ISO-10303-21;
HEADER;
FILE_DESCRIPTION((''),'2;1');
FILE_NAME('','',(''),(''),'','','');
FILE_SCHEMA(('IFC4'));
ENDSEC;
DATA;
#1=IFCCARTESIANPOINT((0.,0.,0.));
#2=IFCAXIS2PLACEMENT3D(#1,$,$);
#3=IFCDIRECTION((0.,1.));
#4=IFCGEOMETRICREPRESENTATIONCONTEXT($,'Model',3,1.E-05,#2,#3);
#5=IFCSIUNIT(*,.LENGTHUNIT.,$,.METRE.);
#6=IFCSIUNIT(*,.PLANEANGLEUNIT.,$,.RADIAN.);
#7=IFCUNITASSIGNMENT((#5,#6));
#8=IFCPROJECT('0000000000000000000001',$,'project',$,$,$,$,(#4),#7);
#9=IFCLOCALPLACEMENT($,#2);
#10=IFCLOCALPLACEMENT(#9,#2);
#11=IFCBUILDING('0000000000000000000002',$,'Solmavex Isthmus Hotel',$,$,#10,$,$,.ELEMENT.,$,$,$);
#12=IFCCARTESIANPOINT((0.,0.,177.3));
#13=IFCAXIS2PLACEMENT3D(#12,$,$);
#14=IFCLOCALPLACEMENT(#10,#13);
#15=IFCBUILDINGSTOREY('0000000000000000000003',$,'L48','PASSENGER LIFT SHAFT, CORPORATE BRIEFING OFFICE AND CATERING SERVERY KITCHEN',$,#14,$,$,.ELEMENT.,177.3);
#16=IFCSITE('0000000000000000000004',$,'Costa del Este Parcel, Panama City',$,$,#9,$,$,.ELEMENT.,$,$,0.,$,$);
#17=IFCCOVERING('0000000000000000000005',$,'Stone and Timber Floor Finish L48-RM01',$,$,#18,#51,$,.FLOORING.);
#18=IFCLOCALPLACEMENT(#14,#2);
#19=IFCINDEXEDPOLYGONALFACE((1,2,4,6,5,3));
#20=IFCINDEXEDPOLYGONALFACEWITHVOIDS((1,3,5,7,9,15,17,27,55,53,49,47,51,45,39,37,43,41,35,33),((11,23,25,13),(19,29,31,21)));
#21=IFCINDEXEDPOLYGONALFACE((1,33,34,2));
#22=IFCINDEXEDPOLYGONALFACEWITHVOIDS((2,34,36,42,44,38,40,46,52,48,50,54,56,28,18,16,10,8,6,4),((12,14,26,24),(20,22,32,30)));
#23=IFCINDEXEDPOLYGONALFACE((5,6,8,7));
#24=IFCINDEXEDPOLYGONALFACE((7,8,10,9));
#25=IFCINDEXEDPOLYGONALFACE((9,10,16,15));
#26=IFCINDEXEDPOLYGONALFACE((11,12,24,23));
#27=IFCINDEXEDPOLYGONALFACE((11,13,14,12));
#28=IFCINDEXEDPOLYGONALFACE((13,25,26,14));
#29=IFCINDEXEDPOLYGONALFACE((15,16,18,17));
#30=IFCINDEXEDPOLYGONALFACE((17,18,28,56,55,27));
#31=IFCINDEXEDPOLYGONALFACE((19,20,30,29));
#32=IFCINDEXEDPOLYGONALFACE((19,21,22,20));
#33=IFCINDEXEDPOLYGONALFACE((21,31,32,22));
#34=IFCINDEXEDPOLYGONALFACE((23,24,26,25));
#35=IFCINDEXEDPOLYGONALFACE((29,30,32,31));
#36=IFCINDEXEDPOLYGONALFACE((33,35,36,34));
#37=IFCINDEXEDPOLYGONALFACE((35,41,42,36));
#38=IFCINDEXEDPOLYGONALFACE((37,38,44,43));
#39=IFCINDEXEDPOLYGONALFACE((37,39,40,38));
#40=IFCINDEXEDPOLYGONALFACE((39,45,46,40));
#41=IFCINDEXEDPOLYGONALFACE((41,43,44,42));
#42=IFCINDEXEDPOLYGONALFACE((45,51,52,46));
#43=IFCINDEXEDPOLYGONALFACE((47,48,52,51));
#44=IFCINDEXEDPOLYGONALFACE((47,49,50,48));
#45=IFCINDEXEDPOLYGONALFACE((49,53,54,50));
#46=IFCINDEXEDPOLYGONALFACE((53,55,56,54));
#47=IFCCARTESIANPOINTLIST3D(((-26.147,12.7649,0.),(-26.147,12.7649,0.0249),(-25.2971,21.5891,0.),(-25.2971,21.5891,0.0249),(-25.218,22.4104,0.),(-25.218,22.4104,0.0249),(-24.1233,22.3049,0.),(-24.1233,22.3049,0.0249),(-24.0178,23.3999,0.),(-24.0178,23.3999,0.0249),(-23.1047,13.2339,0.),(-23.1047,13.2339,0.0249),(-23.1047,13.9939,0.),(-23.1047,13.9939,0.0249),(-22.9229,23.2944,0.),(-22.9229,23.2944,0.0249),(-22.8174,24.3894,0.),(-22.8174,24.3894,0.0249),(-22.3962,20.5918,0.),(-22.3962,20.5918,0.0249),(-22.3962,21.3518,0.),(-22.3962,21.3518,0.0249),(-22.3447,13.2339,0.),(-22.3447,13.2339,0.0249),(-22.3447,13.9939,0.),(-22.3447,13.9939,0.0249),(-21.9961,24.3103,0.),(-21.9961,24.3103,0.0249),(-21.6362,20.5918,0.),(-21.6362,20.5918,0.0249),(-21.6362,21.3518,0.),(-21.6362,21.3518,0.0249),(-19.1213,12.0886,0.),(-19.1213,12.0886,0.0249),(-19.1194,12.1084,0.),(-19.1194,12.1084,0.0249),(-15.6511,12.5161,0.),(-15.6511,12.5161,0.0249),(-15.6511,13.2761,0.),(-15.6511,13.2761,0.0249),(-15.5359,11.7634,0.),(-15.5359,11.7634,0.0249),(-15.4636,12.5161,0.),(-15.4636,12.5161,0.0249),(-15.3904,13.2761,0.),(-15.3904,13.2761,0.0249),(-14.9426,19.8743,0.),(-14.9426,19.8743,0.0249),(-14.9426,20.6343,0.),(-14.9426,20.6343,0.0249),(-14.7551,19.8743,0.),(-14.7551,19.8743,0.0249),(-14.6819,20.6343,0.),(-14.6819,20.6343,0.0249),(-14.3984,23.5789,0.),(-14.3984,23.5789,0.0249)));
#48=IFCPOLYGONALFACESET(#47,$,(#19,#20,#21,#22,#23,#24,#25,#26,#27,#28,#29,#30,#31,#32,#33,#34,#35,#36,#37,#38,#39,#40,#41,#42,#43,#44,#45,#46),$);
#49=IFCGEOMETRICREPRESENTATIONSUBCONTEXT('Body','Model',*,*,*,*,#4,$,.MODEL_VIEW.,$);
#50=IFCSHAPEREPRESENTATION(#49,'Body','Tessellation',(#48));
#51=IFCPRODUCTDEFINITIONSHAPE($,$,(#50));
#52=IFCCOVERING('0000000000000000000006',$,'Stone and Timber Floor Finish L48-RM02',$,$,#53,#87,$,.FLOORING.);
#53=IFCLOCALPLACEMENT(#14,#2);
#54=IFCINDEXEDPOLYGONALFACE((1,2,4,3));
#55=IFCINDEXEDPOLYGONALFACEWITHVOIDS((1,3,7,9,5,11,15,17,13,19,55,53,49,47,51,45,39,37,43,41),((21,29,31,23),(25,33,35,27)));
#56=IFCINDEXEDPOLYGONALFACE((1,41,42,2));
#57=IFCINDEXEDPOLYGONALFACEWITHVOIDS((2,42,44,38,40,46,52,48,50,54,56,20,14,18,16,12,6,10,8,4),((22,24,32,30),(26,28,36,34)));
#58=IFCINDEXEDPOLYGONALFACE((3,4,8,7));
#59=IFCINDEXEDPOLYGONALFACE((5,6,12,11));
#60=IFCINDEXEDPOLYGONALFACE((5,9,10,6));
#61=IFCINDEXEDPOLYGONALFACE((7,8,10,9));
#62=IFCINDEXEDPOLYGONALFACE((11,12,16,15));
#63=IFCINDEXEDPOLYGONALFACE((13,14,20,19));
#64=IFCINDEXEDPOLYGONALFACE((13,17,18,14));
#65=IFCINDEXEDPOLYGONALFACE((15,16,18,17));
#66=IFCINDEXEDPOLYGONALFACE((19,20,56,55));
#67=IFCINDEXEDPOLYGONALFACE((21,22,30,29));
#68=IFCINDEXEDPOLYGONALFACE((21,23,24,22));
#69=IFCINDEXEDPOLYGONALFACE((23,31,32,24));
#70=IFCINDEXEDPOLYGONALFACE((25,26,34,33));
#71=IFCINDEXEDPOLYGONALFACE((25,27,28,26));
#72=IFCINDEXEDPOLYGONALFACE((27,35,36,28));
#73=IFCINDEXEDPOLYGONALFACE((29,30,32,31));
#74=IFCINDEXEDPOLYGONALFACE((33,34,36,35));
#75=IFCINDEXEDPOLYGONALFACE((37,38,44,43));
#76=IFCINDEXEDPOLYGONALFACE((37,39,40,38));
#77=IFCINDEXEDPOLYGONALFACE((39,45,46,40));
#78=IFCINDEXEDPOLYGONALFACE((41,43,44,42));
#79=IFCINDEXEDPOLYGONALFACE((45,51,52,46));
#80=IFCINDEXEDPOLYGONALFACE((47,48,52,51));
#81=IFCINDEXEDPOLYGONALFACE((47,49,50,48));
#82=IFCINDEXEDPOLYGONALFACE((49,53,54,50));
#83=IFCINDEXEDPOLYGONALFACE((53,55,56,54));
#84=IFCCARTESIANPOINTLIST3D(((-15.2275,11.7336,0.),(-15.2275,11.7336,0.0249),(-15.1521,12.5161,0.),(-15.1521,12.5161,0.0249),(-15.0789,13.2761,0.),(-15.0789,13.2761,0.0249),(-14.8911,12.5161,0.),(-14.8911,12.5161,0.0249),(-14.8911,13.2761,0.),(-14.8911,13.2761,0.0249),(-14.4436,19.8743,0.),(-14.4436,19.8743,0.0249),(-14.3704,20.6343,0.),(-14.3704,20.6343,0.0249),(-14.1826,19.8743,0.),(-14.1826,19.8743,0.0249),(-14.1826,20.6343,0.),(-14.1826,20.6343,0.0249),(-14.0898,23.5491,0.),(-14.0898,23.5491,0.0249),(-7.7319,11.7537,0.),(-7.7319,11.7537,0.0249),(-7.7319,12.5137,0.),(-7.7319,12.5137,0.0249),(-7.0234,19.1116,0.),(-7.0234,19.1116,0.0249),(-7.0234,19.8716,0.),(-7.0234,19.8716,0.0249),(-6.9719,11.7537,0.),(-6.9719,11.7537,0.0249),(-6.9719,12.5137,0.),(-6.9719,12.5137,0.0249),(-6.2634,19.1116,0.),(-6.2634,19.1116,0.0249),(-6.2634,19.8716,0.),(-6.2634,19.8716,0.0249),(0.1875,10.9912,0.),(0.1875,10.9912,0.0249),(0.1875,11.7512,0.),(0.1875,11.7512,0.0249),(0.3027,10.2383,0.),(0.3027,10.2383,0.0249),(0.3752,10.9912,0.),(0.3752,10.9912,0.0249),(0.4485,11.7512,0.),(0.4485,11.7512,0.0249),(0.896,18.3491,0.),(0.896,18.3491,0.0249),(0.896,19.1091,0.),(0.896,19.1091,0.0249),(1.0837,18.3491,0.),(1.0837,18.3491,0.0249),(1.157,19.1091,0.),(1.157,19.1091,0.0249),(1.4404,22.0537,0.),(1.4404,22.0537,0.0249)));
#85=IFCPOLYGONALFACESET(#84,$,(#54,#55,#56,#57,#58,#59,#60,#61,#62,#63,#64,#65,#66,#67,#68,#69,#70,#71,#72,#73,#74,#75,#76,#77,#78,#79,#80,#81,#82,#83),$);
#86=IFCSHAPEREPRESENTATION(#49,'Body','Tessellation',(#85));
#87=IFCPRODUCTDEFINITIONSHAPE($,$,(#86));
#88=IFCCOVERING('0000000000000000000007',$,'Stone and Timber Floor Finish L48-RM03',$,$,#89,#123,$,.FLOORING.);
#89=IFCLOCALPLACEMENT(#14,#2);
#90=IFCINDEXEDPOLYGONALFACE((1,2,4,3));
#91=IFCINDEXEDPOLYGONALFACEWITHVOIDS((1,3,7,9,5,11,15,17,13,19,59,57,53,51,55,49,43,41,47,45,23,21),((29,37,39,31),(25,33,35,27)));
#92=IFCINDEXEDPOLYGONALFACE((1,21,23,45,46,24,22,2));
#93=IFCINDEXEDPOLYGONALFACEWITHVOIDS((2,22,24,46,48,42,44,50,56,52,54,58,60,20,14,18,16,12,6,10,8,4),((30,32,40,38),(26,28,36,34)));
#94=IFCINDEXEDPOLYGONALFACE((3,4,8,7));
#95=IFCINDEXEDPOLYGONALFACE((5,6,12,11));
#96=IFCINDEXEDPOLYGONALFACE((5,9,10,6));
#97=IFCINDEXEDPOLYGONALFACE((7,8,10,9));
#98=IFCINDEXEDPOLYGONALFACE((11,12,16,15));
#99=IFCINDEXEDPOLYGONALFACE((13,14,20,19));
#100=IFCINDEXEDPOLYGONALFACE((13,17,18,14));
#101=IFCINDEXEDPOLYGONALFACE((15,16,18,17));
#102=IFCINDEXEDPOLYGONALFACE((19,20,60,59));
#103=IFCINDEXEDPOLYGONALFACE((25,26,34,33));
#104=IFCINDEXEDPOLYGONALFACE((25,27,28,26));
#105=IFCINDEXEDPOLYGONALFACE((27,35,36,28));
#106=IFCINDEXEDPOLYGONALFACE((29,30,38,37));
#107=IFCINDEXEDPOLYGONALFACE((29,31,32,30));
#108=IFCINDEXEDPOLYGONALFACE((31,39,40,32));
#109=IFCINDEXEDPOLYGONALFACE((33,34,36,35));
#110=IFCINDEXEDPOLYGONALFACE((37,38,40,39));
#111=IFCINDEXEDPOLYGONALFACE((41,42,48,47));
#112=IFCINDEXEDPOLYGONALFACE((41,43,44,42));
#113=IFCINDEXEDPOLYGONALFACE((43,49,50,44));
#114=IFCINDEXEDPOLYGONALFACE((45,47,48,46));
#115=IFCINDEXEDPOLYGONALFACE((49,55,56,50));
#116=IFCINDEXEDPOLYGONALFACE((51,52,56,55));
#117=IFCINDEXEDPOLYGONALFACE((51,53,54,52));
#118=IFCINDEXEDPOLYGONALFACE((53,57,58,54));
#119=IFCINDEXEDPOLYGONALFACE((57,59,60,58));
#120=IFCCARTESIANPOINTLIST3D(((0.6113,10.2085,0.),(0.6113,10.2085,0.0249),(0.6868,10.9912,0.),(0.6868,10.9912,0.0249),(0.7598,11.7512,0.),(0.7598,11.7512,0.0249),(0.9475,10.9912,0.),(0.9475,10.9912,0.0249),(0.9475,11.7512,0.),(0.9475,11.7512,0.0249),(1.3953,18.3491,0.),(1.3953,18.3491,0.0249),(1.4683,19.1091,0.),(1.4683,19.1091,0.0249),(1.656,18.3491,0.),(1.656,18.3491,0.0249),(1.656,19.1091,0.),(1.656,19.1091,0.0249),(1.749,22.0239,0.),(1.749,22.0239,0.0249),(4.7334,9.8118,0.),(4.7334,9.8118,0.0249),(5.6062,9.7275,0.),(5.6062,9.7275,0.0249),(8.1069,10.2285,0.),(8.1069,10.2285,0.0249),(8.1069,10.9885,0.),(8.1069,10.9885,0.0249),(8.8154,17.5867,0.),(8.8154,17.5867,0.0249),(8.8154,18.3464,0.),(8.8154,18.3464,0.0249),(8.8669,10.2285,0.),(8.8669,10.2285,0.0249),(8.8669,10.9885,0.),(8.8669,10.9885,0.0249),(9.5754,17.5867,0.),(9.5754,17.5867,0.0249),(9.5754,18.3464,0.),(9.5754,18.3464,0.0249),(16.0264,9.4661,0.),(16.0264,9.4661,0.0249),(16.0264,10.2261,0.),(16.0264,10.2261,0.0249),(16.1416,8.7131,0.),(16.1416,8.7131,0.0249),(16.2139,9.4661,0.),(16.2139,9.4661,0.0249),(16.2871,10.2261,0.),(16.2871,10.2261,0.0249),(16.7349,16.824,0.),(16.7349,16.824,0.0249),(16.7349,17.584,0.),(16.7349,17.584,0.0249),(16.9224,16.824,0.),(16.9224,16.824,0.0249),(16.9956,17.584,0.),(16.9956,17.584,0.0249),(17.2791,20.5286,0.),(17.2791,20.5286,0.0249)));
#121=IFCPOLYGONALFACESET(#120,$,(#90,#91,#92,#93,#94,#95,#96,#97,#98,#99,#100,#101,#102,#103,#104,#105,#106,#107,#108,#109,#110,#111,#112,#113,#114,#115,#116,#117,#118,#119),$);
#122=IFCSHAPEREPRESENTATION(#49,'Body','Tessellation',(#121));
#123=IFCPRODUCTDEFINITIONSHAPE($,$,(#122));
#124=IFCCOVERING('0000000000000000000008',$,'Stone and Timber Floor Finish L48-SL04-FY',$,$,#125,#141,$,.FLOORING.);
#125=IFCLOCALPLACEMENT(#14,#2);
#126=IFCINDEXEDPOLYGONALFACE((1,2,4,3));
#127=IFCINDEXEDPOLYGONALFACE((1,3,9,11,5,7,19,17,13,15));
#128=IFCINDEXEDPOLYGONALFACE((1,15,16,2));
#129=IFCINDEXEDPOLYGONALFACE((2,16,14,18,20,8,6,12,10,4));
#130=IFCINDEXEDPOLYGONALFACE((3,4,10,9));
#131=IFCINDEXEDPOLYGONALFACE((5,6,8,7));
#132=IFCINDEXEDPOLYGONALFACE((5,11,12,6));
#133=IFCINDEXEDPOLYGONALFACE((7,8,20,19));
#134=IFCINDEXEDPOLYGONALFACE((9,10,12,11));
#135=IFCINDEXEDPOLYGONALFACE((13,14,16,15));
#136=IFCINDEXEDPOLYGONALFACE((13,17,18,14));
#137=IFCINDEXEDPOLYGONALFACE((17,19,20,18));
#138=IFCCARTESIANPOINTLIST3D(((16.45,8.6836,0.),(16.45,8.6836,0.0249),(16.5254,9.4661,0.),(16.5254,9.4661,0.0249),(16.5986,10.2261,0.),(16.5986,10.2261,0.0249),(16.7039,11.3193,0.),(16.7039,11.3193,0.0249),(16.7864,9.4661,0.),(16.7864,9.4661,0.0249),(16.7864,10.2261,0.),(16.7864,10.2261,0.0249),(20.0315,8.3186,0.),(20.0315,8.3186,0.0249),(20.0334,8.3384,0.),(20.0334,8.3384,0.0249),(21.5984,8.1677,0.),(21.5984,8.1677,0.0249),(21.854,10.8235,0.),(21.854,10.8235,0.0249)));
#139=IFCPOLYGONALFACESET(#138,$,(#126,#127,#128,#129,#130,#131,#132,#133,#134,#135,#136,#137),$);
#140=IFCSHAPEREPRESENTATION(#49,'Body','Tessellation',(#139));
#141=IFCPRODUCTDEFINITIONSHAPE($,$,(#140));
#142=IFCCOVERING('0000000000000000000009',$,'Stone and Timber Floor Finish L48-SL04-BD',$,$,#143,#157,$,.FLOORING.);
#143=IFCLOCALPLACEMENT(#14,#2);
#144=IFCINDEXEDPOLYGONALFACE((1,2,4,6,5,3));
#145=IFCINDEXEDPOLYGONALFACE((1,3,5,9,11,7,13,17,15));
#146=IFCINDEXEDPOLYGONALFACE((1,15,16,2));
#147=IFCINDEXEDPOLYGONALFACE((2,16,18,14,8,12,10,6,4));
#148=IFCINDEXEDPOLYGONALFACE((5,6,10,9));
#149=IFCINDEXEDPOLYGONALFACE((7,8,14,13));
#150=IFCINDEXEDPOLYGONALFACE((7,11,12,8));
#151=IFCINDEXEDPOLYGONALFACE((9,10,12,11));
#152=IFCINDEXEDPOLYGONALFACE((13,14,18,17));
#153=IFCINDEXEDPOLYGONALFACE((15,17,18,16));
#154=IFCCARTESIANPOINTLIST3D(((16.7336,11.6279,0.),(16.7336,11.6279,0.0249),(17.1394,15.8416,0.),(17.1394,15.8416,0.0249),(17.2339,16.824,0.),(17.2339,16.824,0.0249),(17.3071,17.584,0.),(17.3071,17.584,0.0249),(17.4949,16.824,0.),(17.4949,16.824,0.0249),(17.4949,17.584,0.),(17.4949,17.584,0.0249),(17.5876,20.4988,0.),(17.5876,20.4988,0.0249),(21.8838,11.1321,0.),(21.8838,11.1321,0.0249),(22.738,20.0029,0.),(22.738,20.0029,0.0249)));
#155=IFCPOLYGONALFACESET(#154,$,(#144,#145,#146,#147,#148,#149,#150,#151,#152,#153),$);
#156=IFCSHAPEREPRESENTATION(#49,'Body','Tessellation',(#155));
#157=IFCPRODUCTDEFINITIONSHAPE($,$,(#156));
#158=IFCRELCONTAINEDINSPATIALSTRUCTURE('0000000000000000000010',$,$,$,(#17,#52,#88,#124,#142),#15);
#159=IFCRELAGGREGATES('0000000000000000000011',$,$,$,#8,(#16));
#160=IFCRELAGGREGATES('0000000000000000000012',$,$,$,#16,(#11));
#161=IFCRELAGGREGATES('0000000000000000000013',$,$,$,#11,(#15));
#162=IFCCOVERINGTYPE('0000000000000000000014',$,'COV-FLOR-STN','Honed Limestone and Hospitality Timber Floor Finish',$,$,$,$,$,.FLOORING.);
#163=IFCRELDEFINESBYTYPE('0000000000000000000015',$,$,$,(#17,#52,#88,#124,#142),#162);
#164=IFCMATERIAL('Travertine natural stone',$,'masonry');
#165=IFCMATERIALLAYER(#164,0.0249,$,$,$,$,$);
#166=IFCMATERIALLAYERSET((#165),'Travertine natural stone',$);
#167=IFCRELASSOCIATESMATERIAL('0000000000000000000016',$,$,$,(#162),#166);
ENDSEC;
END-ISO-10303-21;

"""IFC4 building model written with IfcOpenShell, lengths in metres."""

from ifc_helpers import new_model, si_unit, direction, frame, origin, place, context, subcontext, project, spatial, polyline, outline, extrude, material, layer, layer_set, type_object, element, save


model = new_model("IFC4")

# Units and contexts
model_context = context("Model", 3, precision=1e-05, world=origin(), true_north=direction((0.0, 1.0)))
body_context = subcontext(model_context, "Body", "Model", "MODEL_VIEW")
ifc_project = project(units=[si_unit("LENGTHUNIT", "METRE"), si_unit("PLANEANGLEUNIT", "RADIAN")], contexts=[model_context])

# Site, building, storey
site_placement = place(None, origin())
site = spatial("IfcSite", under=ifc_project, at=site_placement, Name="Costa del Este Parcel, Panama City", CompositionType="ELEMENT", RefElevation=0.0)
building_placement = place(site_placement, origin())
building = spatial("IfcBuilding", under=site, at=building_placement, Name="Solmavex Isthmus Hotel", CompositionType="ELEMENT")
storey_placement = place(building_placement, frame((0.0, 0.0, 177.3)))
storey = spatial("IfcBuildingStorey", under=building, at=storey_placement, Name="L48", Description="PASSENGER LIFT SHAFT, CORPORATE BRIEFING OFFICE AND CATERING SERVERY KITCHEN", CompositionType="ELEMENT", Elevation=177.3)

# Coverings
ifc_material_1 = material(Name="Travertine natural stone", Category="masonry")
ifc_layer_1 = layer(ifc_material_1, 0.0249)
ifc_layer_set_1 = layer_set([ifc_layer_1], Name="Travertine natural stone")
covering_type_1 = type_object("IfcCoveringType", Name="COV-FLOR-STN", Description="Honed Limestone and Hospitality Timber Floor Finish", PredefinedType="FLOORING", material=ifc_layer_set_1)
covering_1_placement = place(storey_placement, origin())
element("IfcCovering", 1, at=covering_1_placement, inside=storey, type_object=covering_type_1, Name="Stone and Timber Floor Finish L48-RM01", PredefinedType="FLOORING", context=body_context, shape_type="SweptSolid", body=[
    extrude(outline(polyline([(-19.1213, 12.0886), (-19.1194, 12.1084), (-15.5359, 11.7634), (-15.4636, 12.5161), (-15.6511, 12.5161), (-15.6511, 13.2761), (-15.3904, 13.2761), (-14.7551, 19.8743), (-14.9426, 19.8743), (-14.9426, 20.6343), (-14.6819, 20.6343), (-14.3984, 23.5789), (-21.9961, 24.3103), (-22.8174, 24.3894), (-22.9229, 23.2944), (-24.0178, 23.3999), (-24.1233, 22.3049), (-25.218, 22.4104), (-25.2971, 21.5891), (-26.147, 12.7649), (-19.1213, 12.0886)]), holes=[polyline([(-22.3962, 20.5918), (-22.3962, 21.3518), (-21.6362, 21.3518), (-21.6362, 20.5918), (-22.3962, 20.5918)]), polyline([(-23.1047, 13.2339), (-23.1047, 13.9939), (-22.3447, 13.9939), (-22.3447, 13.2339), (-23.1047, 13.2339)])]), origin(), (0.0, 0.0, 1.0), 0.0249),
])
covering_2_placement = place(storey_placement, origin())
element("IfcCovering", 2, at=covering_2_placement, inside=storey, type_object=covering_type_1, Name="Stone and Timber Floor Finish L48-RM02", PredefinedType="FLOORING", context=body_context, shape_type="SweptSolid", body=[
    extrude(outline(polyline([(-15.0789, 13.2761), (-14.8911, 13.2761), (-14.8911, 12.5161), (-15.1521, 12.5161), (-15.2275, 11.7336), (0.3027, 10.2383), (0.3752, 10.9912), (0.1875, 10.9912), (0.1875, 11.7512), (0.4485, 11.7512), (1.0837, 18.3491), (0.896, 18.3491), (0.896, 19.1091), (1.157, 19.1091), (1.4404, 22.0537), (-14.0898, 23.5491), (-14.3704, 20.6343), (-14.1826, 20.6343), (-14.1826, 19.8743), (-14.4436, 19.8743), (-15.0789, 13.2761)]), holes=[polyline([(-7.0234, 19.1116), (-7.0234, 19.8716), (-6.2634, 19.8716), (-6.2634, 19.1116), (-7.0234, 19.1116)]), polyline([(-7.7319, 11.7537), (-7.7319, 12.5137), (-6.9719, 12.5137), (-6.9719, 11.7537), (-7.7319, 11.7537)])]), origin(), (0.0, 0.0, 1.0), 0.0249),
])
covering_3_placement = place(storey_placement, origin())
element("IfcCovering", 3, at=covering_3_placement, inside=storey, type_object=covering_type_1, Name="Stone and Timber Floor Finish L48-RM03", PredefinedType="FLOORING", context=body_context, shape_type="SweptSolid", body=[
    extrude(outline(polyline([(0.7598, 11.7512), (0.9475, 11.7512), (0.9475, 10.9912), (0.6868, 10.9912), (0.6113, 10.2085), (4.7334, 9.8118), (5.6062, 9.7275), (16.1416, 8.7131), (16.2139, 9.4661), (16.0264, 9.4661), (16.0264, 10.2261), (16.2871, 10.2261), (16.9224, 16.824), (16.7349, 16.824), (16.7349, 17.584), (16.9956, 17.584), (17.2791, 20.5286), (1.749, 22.0239), (1.4683, 19.1091), (1.656, 19.1091), (1.656, 18.3491), (1.3953, 18.3491), (0.7598, 11.7512)]), holes=[polyline([(8.8154, 17.5867), (8.8154, 18.3464), (9.5754, 18.3464), (9.5754, 17.5867), (8.8154, 17.5867)]), polyline([(8.1069, 10.2285), (8.1069, 10.9885), (8.8669, 10.9885), (8.8669, 10.2285), (8.1069, 10.2285)])]), origin(), (0.0, 0.0, 1.0), 0.0249),
])
covering_4_placement = place(storey_placement, origin())
element("IfcCovering", 4, at=covering_4_placement, inside=storey, type_object=covering_type_1, Name="Stone and Timber Floor Finish L48-SL04-FY", PredefinedType="FLOORING", context=body_context, shape_type="SweptSolid", body=[
    extrude(outline(polyline([(16.5986, 10.2261), (16.7864, 10.2261), (16.7864, 9.4661), (16.5254, 9.4661), (16.45, 8.6836), (20.0334, 8.3384), (20.0315, 8.3186), (21.5984, 8.1677), (21.854, 10.8235), (16.7039, 11.3193), (16.5986, 10.2261)])), origin(), (0.0, 0.0, 1.0), 0.0249),
])
covering_5_placement = place(storey_placement, origin())
element("IfcCovering", 5, at=covering_5_placement, inside=storey, type_object=covering_type_1, Name="Stone and Timber Floor Finish L48-SL04-BD", PredefinedType="FLOORING", context=body_context, shape_type="SweptSolid", body=[
    extrude(outline(polyline([(17.3071, 17.584), (17.4949, 17.584), (17.4949, 16.824), (17.2339, 16.824), (17.1394, 15.8416), (16.7336, 11.6279), (21.8838, 11.1321), (22.738, 20.0029), (17.5876, 20.4988), (17.3071, 17.584)])), origin(), (0.0, 0.0, 1.0), 0.0249),
])

save(model, "model.ifc")
